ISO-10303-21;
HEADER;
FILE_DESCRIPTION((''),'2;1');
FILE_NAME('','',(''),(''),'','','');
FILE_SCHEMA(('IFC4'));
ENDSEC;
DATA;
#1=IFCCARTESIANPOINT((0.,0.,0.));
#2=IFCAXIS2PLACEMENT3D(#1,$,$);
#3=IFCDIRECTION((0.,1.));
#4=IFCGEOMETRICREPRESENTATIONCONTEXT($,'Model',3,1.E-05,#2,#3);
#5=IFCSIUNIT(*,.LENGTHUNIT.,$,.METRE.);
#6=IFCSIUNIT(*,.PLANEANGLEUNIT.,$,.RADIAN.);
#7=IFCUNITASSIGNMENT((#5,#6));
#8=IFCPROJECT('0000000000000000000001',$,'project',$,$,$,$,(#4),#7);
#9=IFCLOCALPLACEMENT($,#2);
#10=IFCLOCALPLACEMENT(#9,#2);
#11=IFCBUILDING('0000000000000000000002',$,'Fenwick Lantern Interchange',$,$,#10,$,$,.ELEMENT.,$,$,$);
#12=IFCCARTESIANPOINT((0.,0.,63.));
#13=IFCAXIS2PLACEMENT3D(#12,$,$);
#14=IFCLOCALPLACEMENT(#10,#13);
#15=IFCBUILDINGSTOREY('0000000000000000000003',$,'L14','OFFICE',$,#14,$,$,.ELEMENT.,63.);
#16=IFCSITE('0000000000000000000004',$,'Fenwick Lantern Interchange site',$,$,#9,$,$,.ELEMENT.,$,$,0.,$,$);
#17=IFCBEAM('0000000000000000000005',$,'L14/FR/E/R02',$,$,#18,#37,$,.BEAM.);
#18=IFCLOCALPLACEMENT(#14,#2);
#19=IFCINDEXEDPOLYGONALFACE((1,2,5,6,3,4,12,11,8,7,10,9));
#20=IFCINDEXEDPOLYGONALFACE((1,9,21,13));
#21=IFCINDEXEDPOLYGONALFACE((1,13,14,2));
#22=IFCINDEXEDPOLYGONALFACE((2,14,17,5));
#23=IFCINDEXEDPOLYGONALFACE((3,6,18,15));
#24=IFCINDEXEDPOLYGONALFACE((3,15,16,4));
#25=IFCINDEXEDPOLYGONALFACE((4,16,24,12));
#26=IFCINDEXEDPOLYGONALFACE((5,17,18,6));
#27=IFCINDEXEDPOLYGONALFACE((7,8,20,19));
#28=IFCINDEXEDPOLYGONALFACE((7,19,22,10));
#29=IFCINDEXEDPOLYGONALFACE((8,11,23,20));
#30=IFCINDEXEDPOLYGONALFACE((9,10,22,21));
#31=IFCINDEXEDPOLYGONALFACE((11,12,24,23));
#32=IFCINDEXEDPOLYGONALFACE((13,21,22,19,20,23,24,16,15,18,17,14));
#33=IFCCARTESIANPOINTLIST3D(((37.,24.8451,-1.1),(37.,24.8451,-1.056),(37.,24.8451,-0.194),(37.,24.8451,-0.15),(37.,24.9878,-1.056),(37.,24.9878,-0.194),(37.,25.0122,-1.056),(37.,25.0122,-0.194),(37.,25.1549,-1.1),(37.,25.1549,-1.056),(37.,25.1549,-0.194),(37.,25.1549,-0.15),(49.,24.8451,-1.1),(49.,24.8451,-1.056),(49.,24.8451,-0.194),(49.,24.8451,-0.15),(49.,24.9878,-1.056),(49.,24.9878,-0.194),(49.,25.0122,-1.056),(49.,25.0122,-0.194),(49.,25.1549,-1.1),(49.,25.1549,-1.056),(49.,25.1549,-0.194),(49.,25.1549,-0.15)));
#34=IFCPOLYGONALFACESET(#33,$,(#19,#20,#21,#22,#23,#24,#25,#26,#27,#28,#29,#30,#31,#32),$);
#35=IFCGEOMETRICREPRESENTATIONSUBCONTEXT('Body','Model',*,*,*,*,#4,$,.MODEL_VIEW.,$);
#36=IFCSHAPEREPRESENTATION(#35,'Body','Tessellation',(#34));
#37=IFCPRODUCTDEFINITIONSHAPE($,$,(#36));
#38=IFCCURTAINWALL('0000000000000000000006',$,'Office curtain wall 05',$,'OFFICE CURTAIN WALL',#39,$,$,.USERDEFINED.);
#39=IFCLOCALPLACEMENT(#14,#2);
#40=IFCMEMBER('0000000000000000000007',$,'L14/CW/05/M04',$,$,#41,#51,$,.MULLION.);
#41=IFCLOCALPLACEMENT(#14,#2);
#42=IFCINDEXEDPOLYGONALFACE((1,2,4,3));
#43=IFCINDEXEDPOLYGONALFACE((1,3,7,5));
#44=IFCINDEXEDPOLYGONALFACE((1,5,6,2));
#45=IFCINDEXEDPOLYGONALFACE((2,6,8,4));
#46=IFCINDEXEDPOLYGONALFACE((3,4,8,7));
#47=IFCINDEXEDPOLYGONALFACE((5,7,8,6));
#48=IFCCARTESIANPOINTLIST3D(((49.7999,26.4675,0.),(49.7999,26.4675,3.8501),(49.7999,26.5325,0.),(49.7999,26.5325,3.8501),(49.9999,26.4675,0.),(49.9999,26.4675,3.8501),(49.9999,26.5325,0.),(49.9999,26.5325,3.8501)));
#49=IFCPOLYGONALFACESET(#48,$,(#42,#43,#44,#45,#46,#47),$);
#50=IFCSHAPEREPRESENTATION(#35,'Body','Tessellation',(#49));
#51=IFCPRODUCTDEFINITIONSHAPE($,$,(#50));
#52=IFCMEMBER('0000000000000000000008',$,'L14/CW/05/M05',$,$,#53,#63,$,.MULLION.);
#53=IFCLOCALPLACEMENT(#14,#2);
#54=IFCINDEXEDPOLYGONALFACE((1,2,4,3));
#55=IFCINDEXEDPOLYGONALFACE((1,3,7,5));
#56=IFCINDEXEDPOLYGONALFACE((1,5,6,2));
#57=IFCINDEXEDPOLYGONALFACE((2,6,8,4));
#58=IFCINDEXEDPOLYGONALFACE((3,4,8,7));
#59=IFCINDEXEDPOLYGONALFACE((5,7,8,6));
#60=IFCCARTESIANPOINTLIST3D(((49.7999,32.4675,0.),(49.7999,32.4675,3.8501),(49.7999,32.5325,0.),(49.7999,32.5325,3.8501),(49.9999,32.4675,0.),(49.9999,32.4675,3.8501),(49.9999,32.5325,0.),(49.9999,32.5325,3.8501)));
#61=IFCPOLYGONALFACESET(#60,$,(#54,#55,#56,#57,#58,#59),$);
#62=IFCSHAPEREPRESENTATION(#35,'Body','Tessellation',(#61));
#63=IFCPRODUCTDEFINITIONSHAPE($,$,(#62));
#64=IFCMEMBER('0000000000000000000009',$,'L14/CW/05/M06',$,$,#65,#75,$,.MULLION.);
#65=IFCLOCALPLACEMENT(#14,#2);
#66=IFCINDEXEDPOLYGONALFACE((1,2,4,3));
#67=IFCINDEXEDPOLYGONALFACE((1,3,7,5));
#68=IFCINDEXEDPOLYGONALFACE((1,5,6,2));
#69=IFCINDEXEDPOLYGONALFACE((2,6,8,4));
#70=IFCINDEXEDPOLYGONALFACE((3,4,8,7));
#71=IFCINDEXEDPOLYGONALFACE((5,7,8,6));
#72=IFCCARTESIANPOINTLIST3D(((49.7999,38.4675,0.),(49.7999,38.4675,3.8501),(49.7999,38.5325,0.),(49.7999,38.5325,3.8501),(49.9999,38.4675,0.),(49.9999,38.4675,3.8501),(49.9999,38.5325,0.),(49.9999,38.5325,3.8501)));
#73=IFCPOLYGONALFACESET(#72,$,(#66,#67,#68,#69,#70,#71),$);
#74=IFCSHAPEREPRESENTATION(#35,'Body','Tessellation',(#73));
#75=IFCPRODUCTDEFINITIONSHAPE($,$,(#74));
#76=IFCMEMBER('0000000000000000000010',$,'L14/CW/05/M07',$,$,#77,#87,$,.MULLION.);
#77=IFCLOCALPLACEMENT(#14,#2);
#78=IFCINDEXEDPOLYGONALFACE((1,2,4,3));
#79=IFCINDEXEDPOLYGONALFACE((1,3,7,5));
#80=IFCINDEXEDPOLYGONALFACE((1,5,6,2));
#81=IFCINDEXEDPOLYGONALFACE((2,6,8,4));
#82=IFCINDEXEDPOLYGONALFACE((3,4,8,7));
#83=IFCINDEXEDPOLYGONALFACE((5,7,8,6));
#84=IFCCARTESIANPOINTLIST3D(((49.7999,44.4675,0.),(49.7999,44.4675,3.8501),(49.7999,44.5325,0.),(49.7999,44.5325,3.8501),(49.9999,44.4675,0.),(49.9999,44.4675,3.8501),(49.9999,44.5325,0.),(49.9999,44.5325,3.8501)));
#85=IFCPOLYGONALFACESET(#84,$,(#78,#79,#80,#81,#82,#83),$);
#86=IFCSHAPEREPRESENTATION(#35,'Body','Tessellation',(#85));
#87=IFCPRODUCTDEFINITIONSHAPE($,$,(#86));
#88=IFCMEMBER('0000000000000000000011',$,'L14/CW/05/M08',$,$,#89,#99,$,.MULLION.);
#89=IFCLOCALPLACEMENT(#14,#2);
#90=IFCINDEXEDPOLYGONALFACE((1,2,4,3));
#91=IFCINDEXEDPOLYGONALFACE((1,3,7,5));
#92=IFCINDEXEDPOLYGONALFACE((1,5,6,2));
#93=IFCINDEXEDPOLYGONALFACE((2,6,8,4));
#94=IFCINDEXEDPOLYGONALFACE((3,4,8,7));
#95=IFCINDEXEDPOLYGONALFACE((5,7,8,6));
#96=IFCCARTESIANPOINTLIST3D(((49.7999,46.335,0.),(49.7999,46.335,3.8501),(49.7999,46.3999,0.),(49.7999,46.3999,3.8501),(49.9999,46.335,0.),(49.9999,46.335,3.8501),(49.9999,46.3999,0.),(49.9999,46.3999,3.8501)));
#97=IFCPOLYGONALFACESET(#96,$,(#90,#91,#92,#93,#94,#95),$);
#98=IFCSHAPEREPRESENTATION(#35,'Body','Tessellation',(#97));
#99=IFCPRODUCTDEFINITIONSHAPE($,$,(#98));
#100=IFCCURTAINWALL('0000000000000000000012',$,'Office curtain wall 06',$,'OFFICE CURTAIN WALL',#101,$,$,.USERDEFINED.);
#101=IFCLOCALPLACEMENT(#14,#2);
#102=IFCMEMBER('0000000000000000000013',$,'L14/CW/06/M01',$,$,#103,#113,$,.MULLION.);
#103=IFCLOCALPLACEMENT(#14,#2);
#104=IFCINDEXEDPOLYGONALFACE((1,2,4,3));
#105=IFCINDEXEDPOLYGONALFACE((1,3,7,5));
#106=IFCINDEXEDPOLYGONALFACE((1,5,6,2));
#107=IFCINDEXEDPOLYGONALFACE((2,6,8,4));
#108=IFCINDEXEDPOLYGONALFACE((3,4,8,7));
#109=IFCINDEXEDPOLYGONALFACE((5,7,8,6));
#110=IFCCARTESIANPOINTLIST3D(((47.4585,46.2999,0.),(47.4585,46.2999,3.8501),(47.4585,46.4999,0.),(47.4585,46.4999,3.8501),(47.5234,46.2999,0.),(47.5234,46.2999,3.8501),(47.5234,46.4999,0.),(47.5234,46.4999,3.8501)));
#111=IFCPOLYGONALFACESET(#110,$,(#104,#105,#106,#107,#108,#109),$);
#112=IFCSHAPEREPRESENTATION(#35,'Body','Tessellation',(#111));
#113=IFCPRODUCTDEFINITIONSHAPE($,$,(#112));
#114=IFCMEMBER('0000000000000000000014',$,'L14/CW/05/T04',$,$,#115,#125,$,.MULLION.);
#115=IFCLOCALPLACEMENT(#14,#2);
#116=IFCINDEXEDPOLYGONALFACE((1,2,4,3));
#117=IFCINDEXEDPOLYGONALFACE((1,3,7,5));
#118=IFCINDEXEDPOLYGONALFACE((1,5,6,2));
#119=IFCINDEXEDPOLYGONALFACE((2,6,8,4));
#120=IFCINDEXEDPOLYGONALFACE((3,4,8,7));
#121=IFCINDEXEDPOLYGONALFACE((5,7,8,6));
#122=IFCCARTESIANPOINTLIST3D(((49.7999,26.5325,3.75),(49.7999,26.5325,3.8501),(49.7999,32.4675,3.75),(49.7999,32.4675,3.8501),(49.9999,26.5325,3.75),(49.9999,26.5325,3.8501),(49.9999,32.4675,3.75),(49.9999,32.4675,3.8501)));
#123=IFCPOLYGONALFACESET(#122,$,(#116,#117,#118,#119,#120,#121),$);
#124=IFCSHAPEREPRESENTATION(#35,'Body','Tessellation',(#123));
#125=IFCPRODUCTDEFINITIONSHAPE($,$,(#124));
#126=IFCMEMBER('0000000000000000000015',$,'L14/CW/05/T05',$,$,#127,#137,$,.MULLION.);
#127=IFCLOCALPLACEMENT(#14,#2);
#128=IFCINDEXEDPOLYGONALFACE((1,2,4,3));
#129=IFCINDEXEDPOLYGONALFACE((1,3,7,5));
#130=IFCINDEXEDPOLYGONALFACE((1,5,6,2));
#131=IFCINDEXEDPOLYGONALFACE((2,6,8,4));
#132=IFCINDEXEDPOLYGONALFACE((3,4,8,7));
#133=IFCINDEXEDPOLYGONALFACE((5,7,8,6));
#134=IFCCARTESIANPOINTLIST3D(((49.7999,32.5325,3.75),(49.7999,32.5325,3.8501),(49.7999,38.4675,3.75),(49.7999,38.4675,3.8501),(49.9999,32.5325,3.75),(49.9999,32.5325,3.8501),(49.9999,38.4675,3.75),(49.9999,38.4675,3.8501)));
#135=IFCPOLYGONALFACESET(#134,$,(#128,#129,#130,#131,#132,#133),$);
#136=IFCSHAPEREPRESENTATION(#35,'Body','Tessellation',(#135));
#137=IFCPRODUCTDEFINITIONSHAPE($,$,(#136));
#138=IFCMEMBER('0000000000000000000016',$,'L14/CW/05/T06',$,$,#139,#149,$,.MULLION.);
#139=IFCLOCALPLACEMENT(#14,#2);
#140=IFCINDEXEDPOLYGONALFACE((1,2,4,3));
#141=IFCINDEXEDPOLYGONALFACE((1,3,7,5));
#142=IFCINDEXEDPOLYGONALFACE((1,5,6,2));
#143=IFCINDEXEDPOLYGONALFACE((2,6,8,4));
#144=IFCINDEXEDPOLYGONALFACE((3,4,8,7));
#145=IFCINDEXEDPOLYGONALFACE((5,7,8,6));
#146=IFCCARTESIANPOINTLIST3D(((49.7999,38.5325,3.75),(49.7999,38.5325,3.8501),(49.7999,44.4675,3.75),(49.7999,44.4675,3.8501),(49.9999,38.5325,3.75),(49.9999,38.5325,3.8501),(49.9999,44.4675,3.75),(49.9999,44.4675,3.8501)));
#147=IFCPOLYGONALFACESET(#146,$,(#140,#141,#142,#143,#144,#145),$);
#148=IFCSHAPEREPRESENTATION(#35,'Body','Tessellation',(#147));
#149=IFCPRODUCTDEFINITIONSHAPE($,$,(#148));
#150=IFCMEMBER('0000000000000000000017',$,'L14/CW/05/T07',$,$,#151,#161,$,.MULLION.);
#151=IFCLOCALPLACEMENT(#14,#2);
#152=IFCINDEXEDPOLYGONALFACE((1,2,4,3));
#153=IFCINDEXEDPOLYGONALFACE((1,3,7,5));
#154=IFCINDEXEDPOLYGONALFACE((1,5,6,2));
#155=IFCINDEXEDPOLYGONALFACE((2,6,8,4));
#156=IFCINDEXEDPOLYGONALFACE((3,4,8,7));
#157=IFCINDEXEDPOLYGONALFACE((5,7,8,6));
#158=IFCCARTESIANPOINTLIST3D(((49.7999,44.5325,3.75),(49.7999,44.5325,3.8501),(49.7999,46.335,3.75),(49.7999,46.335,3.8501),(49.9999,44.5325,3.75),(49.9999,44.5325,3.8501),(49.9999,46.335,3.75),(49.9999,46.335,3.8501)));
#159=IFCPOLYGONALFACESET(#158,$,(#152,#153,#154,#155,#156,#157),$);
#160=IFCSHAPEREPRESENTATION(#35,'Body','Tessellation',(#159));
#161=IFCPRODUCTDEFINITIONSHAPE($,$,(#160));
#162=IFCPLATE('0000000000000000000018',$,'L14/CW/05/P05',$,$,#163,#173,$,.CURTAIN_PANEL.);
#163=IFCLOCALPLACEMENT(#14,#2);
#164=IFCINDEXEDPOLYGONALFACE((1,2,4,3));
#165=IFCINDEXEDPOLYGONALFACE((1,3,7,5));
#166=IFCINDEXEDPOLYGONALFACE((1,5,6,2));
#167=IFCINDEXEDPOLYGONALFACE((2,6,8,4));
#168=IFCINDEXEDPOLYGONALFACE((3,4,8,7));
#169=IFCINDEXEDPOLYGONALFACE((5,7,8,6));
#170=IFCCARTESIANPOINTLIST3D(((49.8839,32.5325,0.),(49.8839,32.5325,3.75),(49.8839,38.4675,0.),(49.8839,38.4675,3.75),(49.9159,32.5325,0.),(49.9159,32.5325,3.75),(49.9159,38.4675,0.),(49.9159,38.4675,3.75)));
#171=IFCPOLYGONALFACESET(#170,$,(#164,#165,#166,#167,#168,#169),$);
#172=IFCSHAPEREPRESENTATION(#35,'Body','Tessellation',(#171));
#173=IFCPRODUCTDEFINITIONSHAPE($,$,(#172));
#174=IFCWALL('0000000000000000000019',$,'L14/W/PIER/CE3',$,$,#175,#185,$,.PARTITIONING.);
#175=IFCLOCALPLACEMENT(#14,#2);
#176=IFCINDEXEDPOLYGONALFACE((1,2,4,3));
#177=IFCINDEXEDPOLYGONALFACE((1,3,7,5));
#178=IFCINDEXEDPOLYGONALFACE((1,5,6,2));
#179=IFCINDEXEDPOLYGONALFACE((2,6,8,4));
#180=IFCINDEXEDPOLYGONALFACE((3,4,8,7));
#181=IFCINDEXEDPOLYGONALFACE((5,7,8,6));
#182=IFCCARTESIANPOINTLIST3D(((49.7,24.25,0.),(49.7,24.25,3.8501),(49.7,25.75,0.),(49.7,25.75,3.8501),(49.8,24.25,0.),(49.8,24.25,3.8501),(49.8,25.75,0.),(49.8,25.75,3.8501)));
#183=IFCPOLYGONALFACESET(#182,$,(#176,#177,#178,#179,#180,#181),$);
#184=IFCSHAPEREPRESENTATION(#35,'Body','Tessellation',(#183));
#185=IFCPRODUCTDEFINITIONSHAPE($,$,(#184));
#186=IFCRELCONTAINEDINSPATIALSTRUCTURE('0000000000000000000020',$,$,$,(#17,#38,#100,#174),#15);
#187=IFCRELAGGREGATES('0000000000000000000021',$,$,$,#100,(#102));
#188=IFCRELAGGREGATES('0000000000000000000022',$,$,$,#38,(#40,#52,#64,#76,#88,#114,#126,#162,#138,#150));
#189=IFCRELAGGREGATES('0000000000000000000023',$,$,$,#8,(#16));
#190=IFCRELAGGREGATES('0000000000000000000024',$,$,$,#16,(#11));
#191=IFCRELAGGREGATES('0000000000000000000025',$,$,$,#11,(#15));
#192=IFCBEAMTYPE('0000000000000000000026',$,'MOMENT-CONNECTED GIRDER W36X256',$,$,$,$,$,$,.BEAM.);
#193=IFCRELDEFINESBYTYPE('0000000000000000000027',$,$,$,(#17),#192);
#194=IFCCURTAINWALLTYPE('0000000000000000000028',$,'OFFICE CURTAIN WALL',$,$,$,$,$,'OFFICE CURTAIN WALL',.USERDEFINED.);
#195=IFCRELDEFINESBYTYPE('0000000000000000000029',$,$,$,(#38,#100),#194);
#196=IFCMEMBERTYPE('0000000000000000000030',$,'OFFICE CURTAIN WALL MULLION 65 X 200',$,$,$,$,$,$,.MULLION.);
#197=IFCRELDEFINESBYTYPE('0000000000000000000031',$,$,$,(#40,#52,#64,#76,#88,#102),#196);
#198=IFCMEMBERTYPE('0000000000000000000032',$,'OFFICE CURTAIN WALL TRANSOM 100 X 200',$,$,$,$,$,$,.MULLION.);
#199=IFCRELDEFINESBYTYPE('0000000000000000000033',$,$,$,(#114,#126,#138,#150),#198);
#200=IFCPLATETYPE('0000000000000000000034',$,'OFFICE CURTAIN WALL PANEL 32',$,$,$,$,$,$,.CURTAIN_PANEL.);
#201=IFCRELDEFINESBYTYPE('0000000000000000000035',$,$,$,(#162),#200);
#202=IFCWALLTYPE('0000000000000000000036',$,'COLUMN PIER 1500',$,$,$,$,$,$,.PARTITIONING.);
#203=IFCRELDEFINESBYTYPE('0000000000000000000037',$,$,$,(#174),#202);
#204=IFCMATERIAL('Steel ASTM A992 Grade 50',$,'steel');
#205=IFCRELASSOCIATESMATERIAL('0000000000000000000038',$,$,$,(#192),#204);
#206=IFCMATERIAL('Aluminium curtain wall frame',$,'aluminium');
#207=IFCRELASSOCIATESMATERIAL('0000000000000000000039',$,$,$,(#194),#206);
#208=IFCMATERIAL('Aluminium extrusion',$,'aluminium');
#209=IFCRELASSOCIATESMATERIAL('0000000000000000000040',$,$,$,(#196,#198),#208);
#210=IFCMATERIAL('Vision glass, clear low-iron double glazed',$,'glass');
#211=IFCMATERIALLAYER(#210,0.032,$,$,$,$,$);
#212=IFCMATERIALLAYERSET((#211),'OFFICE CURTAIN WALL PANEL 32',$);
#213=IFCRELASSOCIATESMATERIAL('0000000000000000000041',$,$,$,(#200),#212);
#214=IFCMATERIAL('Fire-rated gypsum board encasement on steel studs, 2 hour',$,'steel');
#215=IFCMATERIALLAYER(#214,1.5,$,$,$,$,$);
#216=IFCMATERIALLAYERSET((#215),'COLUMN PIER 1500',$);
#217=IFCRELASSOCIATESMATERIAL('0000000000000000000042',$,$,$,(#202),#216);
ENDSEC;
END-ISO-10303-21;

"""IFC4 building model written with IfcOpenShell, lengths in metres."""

from ifc_helpers import new_model, si_unit, direction, frame, frame_2d, origin, origin_2d, place, context, subcontext, project, spatial, rectangle, i_section, extrude, material, layer, layer_set, material_profile, profile_set, type_object, element, aggregate, save


model = new_model("IFC4")

# Units and contexts
model_context = context("Model", 3, precision=1e-05, world=origin(), true_north=direction((0.0, 1.0)))
body_context = subcontext(model_context, "Body", "Model", "MODEL_VIEW")
ifc_project = project(units=[si_unit("LENGTHUNIT", "METRE"), si_unit("PLANEANGLEUNIT", "RADIAN")], contexts=[model_context])

# Site, building, storey
site_placement = place(None, origin())
site = spatial("IfcSite", under=ifc_project, at=site_placement, Name="Fenwick Lantern Interchange site", CompositionType="ELEMENT", RefElevation=0.0)
building_placement = place(site_placement, origin())
building = spatial("IfcBuilding", under=site, at=building_placement, Name="Fenwick Lantern Interchange", CompositionType="ELEMENT")
storey_placement = place(building_placement, frame((0.0, 0.0, 63.0)))
storey = spatial("IfcBuildingStorey", under=building, at=storey_placement, Name="L14", Description="OFFICE", CompositionType="ELEMENT", Elevation=63.0)

# Beam
ifc_material_1 = material(Name="Steel ASTM A992 Grade 50", Category="steel")
ifc_material_profile_1 = material_profile(ifc_material_1, i_section(OverallWidth=0.3098, OverallDepth=0.95, WebThickness=0.0244, FlangeThickness=0.0439, at=origin_2d()), Name="W36X256")
ifc_profile_set_1 = profile_set([ifc_material_profile_1], Name="Steel ASTM A992 Grade 50")
beam_type_1 = type_object("IfcBeamType", Name="MOMENT-CONNECTED GIRDER W36X256", PredefinedType="BEAM", material=ifc_profile_set_1)
beam_1_placement = place(storey_placement, frame((49.0, 25.0, -0.625), z_axis=(-1.0, 0.0, 0.0), x_axis=(0.0, -1.0, 0.0)))
element("IfcBeam", 1, at=beam_1_placement, inside=storey, type_object=beam_type_1, Name="L14/FR/E/R02", PredefinedType="BEAM", context=body_context, shape_type="SweptSolid", body=[
    extrude(i_section(OverallWidth=0.3098, OverallDepth=0.95, WebThickness=0.0244, FlangeThickness=0.0439, at=origin_2d()), origin(), (0.0, 0.0, 1.0), 12.0),
])

# Curtain wall, members
ifc_material_2 = material(Name="Aluminium curtain wall frame", Category="aluminium")
curtain_wall_type = type_object("IfcCurtainWallType", Name="OFFICE CURTAIN WALL", ElementType="OFFICE CURTAIN WALL", PredefinedType="USERDEFINED", material=ifc_material_2)
curtain_wall_1_placement = place(storey_placement, origin())
curtain_wall_1 = element("IfcCurtainWall", 2, at=curtain_wall_1_placement, inside=storey, type_object=curtain_wall_type, Name="Office curtain wall 05", ObjectType="OFFICE CURTAIN WALL", PredefinedType="USERDEFINED")
ifc_material_3 = material(Name="Aluminium extrusion", Category="aluminium")
ifc_material_profile_2 = material_profile(ifc_material_3, rectangle(XDim=0.2, YDim=0.0649, at=origin_2d()), Name="OFFICE CURTAIN WALL MULLION 65 X 200")
ifc_profile_set_2 = profile_set([ifc_material_profile_2], Name="Aluminium extrusion")
member_type_1 = type_object("IfcMemberType", Name="OFFICE CURTAIN WALL MULLION 65 X 200", PredefinedType="MULLION", material=ifc_profile_set_2)
member_1_placement = place(storey_placement, frame((49.8999, 26.5, 0.0), z_axis=(0.0, 0.0, 1.0), x_axis=(-1.0, 0.0, 0.0)))
member_1 = element("IfcMember", 3, at=member_1_placement, type_object=member_type_1, Name="L14/CW/05/M04", PredefinedType="MULLION", context=body_context, shape_type="SweptSolid", body=[
    extrude(rectangle(XDim=0.2, YDim=0.0649, at=origin_2d()), origin(), (0.0, 0.0, 1.0), 3.8501),
])
member_2_placement = place(storey_placement, frame((49.8999, 32.5, 0.0), z_axis=(0.0, 0.0, 1.0), x_axis=(-1.0, 0.0, 0.0)))
member_2 = element("IfcMember", 4, at=member_2_placement, type_object=member_type_1, Name="L14/CW/05/M05", PredefinedType="MULLION", context=body_context, shape_type="SweptSolid", body=[
    extrude(rectangle(XDim=0.2, YDim=0.0649, at=origin_2d()), origin(), (0.0, 0.0, 1.0), 3.8501),
])
member_3_placement = place(storey_placement, frame((49.8999, 38.5, 0.0), z_axis=(0.0, 0.0, 1.0), x_axis=(-1.0, 0.0, 0.0)))
member_3 = element("IfcMember", 5, at=member_3_placement, type_object=member_type_1, Name="L14/CW/05/M06", PredefinedType="MULLION", context=body_context, shape_type="SweptSolid", body=[
    extrude(rectangle(XDim=0.2, YDim=0.0649, at=origin_2d()), origin(), (0.0, 0.0, 1.0), 3.8501),
])
member_4_placement = place(storey_placement, frame((49.8999, 44.5, 0.0), z_axis=(0.0, 0.0, 1.0), x_axis=(-1.0, 0.0, 0.0)))
member_4 = element("IfcMember", 6, at=member_4_placement, type_object=member_type_1, Name="L14/CW/05/M07", PredefinedType="MULLION", context=body_context, shape_type="SweptSolid", body=[
    extrude(rectangle(XDim=0.2, YDim=0.0649, at=origin_2d()), origin(), (0.0, 0.0, 1.0), 3.8501),
])
member_5_placement = place(storey_placement, frame((49.8999, 46.3674, 0.0), z_axis=(0.0, 0.0, 1.0), x_axis=(-1.0, 0.0, 0.0)))
member_5 = element("IfcMember", 7, at=member_5_placement, type_object=member_type_1, Name="L14/CW/05/M08", PredefinedType="MULLION", context=body_context, shape_type="SweptSolid", body=[
    extrude(rectangle(XDim=0.2, YDim=0.0649, at=origin_2d()), origin(), (0.0, 0.0, 1.0), 3.8501),
])

# Curtain wall, member
curtain_wall_2_placement = place(storey_placement, origin())
curtain_wall_2 = element("IfcCurtainWall", 8, at=curtain_wall_2_placement, inside=storey, type_object=curtain_wall_type, Name="Office curtain wall 06", ObjectType="OFFICE CURTAIN WALL", PredefinedType="USERDEFINED")
member_6_placement = place(storey_placement, frame((47.491, 46.3999, 0.0), z_axis=(0.0, 0.0, 1.0), x_axis=(0.0, -1.0, 0.0)))
member_6 = element("IfcMember", 9, at=member_6_placement, type_object=member_type_1, Name="L14/CW/06/M01", PredefinedType="MULLION", context=body_context, shape_type="SweptSolid", body=[
    extrude(rectangle(XDim=0.2, YDim=0.0649, at=origin_2d()), origin(), (0.0, 0.0, 1.0), 3.8501),
])
aggregate(curtain_wall_2, [member_6])

# Members
ifc_material_profile_3 = material_profile(ifc_material_3, rectangle(XDim=0.2, YDim=0.1001, at=origin_2d()), Name="OFFICE CURTAIN WALL TRANSOM 100 X 200")
ifc_profile_set_3 = profile_set([ifc_material_profile_3], Name="Aluminium extrusion")
member_type_2 = type_object("IfcMemberType", Name="OFFICE CURTAIN WALL TRANSOM 100 X 200", PredefinedType="MULLION", material=ifc_profile_set_3)
member_7_placement = place(storey_placement, frame((49.8999, 26.5325, 3.8), z_axis=(0.0, 1.0, 0.0), x_axis=(-1.0, 0.0, 0.0)))
member_7 = element("IfcMember", 10, at=member_7_placement, type_object=member_type_2, Name="L14/CW/05/T04", PredefinedType="MULLION", context=body_context, shape_type="SweptSolid", body=[
    extrude(rectangle(XDim=0.2, YDim=0.1001, at=origin_2d()), origin(), (0.0, 0.0, 1.0), 5.9351),
])
member_8_placement = place(storey_placement, frame((49.8999, 32.5325, 3.8), z_axis=(0.0, 1.0, 0.0), x_axis=(-1.0, 0.0, 0.0)))
member_8 = element("IfcMember", 11, at=member_8_placement, type_object=member_type_2, Name="L14/CW/05/T05", PredefinedType="MULLION", context=body_context, shape_type="SweptSolid", body=[
    extrude(rectangle(XDim=0.2, YDim=0.1001, at=origin_2d()), origin(), (0.0, 0.0, 1.0), 5.9351),
])
member_9_placement = place(storey_placement, frame((49.8999, 38.5325, 3.8), z_axis=(0.0, 1.0, 0.0), x_axis=(-1.0, 0.0, 0.0)))
member_9 = element("IfcMember", 12, at=member_9_placement, type_object=member_type_2, Name="L14/CW/05/T06", PredefinedType="MULLION", context=body_context, shape_type="SweptSolid", body=[
    extrude(rectangle(XDim=0.2, YDim=0.1001, at=origin_2d()), origin(), (0.0, 0.0, 1.0), 5.9351),
])
member_10_placement = place(storey_placement, frame((49.8999, 44.5325, 3.8), z_axis=(0.0, 1.0, 0.0), x_axis=(-1.0, 0.0, 0.0)))
member_10 = element("IfcMember", 13, at=member_10_placement, type_object=member_type_2, Name="L14/CW/05/T07", PredefinedType="MULLION", context=body_context, shape_type="SweptSolid", body=[
    extrude(rectangle(XDim=0.2, YDim=0.1001, at=origin_2d()), origin(), (0.0, 0.0, 1.0), 1.8025),
])

# Plate
ifc_material_4 = material(Name="Vision glass, clear low-iron double glazed", Category="glass")
ifc_layer_1 = layer(ifc_material_4, 0.032)
ifc_layer_set_1 = layer_set([ifc_layer_1], Name="OFFICE CURTAIN WALL PANEL 32")
plate_type = type_object("IfcPlateType", Name="OFFICE CURTAIN WALL PANEL 32", PredefinedType="CURTAIN_PANEL", material=ifc_layer_set_1)
plate_placement = place(storey_placement, frame((49.8999, 35.5, 0.0), z_axis=(0.0, 0.0, 1.0), x_axis=(0.0, 1.0, 0.0)))
plate = element("IfcPlate", 14, at=plate_placement, type_object=plate_type, Name="L14/CW/05/P05", PredefinedType="CURTAIN_PANEL", context=body_context, shape_type="SweptSolid", body=[
    extrude(rectangle(XDim=5.9351, YDim=0.032, at=origin_2d()), origin(), (0.0, 0.0, 1.0), 3.75),
])
aggregate(curtain_wall_1, [member_1, member_2, member_3, member_4, member_5, member_7, member_8, plate, member_9, member_10])

# Wall
ifc_material_5 = material(Name="Fire-rated gypsum board encasement on steel studs, 2 hour", Category="steel")
ifc_layer_2 = layer(ifc_material_5, 1.5)
ifc_layer_set_2 = layer_set([ifc_layer_2], Name="COLUMN PIER 1500")
wall_type_1 = type_object("IfcWallType", Name="COLUMN PIER 1500", PredefinedType="PARTITIONING", material=ifc_layer_set_2)
wall_1_placement = place(storey_placement, frame((49.8, 25.0, 0.0), z_axis=(0.0, 0.0, 1.0), x_axis=(-1.0, 0.0, 0.0)))
element("IfcWall", 15, at=wall_1_placement, inside=storey, type_object=wall_type_1, Name="L14/W/PIER/CE3", PredefinedType="PARTITIONING", context=body_context, shape_type="SweptSolid", body=[
    extrude(rectangle(XDim=0.1001, YDim=1.5, at=frame_2d((0.05, 0.0))), origin(), (0.0, 0.0, 1.0), 3.8501),
])

save(model, "model.ifc")
